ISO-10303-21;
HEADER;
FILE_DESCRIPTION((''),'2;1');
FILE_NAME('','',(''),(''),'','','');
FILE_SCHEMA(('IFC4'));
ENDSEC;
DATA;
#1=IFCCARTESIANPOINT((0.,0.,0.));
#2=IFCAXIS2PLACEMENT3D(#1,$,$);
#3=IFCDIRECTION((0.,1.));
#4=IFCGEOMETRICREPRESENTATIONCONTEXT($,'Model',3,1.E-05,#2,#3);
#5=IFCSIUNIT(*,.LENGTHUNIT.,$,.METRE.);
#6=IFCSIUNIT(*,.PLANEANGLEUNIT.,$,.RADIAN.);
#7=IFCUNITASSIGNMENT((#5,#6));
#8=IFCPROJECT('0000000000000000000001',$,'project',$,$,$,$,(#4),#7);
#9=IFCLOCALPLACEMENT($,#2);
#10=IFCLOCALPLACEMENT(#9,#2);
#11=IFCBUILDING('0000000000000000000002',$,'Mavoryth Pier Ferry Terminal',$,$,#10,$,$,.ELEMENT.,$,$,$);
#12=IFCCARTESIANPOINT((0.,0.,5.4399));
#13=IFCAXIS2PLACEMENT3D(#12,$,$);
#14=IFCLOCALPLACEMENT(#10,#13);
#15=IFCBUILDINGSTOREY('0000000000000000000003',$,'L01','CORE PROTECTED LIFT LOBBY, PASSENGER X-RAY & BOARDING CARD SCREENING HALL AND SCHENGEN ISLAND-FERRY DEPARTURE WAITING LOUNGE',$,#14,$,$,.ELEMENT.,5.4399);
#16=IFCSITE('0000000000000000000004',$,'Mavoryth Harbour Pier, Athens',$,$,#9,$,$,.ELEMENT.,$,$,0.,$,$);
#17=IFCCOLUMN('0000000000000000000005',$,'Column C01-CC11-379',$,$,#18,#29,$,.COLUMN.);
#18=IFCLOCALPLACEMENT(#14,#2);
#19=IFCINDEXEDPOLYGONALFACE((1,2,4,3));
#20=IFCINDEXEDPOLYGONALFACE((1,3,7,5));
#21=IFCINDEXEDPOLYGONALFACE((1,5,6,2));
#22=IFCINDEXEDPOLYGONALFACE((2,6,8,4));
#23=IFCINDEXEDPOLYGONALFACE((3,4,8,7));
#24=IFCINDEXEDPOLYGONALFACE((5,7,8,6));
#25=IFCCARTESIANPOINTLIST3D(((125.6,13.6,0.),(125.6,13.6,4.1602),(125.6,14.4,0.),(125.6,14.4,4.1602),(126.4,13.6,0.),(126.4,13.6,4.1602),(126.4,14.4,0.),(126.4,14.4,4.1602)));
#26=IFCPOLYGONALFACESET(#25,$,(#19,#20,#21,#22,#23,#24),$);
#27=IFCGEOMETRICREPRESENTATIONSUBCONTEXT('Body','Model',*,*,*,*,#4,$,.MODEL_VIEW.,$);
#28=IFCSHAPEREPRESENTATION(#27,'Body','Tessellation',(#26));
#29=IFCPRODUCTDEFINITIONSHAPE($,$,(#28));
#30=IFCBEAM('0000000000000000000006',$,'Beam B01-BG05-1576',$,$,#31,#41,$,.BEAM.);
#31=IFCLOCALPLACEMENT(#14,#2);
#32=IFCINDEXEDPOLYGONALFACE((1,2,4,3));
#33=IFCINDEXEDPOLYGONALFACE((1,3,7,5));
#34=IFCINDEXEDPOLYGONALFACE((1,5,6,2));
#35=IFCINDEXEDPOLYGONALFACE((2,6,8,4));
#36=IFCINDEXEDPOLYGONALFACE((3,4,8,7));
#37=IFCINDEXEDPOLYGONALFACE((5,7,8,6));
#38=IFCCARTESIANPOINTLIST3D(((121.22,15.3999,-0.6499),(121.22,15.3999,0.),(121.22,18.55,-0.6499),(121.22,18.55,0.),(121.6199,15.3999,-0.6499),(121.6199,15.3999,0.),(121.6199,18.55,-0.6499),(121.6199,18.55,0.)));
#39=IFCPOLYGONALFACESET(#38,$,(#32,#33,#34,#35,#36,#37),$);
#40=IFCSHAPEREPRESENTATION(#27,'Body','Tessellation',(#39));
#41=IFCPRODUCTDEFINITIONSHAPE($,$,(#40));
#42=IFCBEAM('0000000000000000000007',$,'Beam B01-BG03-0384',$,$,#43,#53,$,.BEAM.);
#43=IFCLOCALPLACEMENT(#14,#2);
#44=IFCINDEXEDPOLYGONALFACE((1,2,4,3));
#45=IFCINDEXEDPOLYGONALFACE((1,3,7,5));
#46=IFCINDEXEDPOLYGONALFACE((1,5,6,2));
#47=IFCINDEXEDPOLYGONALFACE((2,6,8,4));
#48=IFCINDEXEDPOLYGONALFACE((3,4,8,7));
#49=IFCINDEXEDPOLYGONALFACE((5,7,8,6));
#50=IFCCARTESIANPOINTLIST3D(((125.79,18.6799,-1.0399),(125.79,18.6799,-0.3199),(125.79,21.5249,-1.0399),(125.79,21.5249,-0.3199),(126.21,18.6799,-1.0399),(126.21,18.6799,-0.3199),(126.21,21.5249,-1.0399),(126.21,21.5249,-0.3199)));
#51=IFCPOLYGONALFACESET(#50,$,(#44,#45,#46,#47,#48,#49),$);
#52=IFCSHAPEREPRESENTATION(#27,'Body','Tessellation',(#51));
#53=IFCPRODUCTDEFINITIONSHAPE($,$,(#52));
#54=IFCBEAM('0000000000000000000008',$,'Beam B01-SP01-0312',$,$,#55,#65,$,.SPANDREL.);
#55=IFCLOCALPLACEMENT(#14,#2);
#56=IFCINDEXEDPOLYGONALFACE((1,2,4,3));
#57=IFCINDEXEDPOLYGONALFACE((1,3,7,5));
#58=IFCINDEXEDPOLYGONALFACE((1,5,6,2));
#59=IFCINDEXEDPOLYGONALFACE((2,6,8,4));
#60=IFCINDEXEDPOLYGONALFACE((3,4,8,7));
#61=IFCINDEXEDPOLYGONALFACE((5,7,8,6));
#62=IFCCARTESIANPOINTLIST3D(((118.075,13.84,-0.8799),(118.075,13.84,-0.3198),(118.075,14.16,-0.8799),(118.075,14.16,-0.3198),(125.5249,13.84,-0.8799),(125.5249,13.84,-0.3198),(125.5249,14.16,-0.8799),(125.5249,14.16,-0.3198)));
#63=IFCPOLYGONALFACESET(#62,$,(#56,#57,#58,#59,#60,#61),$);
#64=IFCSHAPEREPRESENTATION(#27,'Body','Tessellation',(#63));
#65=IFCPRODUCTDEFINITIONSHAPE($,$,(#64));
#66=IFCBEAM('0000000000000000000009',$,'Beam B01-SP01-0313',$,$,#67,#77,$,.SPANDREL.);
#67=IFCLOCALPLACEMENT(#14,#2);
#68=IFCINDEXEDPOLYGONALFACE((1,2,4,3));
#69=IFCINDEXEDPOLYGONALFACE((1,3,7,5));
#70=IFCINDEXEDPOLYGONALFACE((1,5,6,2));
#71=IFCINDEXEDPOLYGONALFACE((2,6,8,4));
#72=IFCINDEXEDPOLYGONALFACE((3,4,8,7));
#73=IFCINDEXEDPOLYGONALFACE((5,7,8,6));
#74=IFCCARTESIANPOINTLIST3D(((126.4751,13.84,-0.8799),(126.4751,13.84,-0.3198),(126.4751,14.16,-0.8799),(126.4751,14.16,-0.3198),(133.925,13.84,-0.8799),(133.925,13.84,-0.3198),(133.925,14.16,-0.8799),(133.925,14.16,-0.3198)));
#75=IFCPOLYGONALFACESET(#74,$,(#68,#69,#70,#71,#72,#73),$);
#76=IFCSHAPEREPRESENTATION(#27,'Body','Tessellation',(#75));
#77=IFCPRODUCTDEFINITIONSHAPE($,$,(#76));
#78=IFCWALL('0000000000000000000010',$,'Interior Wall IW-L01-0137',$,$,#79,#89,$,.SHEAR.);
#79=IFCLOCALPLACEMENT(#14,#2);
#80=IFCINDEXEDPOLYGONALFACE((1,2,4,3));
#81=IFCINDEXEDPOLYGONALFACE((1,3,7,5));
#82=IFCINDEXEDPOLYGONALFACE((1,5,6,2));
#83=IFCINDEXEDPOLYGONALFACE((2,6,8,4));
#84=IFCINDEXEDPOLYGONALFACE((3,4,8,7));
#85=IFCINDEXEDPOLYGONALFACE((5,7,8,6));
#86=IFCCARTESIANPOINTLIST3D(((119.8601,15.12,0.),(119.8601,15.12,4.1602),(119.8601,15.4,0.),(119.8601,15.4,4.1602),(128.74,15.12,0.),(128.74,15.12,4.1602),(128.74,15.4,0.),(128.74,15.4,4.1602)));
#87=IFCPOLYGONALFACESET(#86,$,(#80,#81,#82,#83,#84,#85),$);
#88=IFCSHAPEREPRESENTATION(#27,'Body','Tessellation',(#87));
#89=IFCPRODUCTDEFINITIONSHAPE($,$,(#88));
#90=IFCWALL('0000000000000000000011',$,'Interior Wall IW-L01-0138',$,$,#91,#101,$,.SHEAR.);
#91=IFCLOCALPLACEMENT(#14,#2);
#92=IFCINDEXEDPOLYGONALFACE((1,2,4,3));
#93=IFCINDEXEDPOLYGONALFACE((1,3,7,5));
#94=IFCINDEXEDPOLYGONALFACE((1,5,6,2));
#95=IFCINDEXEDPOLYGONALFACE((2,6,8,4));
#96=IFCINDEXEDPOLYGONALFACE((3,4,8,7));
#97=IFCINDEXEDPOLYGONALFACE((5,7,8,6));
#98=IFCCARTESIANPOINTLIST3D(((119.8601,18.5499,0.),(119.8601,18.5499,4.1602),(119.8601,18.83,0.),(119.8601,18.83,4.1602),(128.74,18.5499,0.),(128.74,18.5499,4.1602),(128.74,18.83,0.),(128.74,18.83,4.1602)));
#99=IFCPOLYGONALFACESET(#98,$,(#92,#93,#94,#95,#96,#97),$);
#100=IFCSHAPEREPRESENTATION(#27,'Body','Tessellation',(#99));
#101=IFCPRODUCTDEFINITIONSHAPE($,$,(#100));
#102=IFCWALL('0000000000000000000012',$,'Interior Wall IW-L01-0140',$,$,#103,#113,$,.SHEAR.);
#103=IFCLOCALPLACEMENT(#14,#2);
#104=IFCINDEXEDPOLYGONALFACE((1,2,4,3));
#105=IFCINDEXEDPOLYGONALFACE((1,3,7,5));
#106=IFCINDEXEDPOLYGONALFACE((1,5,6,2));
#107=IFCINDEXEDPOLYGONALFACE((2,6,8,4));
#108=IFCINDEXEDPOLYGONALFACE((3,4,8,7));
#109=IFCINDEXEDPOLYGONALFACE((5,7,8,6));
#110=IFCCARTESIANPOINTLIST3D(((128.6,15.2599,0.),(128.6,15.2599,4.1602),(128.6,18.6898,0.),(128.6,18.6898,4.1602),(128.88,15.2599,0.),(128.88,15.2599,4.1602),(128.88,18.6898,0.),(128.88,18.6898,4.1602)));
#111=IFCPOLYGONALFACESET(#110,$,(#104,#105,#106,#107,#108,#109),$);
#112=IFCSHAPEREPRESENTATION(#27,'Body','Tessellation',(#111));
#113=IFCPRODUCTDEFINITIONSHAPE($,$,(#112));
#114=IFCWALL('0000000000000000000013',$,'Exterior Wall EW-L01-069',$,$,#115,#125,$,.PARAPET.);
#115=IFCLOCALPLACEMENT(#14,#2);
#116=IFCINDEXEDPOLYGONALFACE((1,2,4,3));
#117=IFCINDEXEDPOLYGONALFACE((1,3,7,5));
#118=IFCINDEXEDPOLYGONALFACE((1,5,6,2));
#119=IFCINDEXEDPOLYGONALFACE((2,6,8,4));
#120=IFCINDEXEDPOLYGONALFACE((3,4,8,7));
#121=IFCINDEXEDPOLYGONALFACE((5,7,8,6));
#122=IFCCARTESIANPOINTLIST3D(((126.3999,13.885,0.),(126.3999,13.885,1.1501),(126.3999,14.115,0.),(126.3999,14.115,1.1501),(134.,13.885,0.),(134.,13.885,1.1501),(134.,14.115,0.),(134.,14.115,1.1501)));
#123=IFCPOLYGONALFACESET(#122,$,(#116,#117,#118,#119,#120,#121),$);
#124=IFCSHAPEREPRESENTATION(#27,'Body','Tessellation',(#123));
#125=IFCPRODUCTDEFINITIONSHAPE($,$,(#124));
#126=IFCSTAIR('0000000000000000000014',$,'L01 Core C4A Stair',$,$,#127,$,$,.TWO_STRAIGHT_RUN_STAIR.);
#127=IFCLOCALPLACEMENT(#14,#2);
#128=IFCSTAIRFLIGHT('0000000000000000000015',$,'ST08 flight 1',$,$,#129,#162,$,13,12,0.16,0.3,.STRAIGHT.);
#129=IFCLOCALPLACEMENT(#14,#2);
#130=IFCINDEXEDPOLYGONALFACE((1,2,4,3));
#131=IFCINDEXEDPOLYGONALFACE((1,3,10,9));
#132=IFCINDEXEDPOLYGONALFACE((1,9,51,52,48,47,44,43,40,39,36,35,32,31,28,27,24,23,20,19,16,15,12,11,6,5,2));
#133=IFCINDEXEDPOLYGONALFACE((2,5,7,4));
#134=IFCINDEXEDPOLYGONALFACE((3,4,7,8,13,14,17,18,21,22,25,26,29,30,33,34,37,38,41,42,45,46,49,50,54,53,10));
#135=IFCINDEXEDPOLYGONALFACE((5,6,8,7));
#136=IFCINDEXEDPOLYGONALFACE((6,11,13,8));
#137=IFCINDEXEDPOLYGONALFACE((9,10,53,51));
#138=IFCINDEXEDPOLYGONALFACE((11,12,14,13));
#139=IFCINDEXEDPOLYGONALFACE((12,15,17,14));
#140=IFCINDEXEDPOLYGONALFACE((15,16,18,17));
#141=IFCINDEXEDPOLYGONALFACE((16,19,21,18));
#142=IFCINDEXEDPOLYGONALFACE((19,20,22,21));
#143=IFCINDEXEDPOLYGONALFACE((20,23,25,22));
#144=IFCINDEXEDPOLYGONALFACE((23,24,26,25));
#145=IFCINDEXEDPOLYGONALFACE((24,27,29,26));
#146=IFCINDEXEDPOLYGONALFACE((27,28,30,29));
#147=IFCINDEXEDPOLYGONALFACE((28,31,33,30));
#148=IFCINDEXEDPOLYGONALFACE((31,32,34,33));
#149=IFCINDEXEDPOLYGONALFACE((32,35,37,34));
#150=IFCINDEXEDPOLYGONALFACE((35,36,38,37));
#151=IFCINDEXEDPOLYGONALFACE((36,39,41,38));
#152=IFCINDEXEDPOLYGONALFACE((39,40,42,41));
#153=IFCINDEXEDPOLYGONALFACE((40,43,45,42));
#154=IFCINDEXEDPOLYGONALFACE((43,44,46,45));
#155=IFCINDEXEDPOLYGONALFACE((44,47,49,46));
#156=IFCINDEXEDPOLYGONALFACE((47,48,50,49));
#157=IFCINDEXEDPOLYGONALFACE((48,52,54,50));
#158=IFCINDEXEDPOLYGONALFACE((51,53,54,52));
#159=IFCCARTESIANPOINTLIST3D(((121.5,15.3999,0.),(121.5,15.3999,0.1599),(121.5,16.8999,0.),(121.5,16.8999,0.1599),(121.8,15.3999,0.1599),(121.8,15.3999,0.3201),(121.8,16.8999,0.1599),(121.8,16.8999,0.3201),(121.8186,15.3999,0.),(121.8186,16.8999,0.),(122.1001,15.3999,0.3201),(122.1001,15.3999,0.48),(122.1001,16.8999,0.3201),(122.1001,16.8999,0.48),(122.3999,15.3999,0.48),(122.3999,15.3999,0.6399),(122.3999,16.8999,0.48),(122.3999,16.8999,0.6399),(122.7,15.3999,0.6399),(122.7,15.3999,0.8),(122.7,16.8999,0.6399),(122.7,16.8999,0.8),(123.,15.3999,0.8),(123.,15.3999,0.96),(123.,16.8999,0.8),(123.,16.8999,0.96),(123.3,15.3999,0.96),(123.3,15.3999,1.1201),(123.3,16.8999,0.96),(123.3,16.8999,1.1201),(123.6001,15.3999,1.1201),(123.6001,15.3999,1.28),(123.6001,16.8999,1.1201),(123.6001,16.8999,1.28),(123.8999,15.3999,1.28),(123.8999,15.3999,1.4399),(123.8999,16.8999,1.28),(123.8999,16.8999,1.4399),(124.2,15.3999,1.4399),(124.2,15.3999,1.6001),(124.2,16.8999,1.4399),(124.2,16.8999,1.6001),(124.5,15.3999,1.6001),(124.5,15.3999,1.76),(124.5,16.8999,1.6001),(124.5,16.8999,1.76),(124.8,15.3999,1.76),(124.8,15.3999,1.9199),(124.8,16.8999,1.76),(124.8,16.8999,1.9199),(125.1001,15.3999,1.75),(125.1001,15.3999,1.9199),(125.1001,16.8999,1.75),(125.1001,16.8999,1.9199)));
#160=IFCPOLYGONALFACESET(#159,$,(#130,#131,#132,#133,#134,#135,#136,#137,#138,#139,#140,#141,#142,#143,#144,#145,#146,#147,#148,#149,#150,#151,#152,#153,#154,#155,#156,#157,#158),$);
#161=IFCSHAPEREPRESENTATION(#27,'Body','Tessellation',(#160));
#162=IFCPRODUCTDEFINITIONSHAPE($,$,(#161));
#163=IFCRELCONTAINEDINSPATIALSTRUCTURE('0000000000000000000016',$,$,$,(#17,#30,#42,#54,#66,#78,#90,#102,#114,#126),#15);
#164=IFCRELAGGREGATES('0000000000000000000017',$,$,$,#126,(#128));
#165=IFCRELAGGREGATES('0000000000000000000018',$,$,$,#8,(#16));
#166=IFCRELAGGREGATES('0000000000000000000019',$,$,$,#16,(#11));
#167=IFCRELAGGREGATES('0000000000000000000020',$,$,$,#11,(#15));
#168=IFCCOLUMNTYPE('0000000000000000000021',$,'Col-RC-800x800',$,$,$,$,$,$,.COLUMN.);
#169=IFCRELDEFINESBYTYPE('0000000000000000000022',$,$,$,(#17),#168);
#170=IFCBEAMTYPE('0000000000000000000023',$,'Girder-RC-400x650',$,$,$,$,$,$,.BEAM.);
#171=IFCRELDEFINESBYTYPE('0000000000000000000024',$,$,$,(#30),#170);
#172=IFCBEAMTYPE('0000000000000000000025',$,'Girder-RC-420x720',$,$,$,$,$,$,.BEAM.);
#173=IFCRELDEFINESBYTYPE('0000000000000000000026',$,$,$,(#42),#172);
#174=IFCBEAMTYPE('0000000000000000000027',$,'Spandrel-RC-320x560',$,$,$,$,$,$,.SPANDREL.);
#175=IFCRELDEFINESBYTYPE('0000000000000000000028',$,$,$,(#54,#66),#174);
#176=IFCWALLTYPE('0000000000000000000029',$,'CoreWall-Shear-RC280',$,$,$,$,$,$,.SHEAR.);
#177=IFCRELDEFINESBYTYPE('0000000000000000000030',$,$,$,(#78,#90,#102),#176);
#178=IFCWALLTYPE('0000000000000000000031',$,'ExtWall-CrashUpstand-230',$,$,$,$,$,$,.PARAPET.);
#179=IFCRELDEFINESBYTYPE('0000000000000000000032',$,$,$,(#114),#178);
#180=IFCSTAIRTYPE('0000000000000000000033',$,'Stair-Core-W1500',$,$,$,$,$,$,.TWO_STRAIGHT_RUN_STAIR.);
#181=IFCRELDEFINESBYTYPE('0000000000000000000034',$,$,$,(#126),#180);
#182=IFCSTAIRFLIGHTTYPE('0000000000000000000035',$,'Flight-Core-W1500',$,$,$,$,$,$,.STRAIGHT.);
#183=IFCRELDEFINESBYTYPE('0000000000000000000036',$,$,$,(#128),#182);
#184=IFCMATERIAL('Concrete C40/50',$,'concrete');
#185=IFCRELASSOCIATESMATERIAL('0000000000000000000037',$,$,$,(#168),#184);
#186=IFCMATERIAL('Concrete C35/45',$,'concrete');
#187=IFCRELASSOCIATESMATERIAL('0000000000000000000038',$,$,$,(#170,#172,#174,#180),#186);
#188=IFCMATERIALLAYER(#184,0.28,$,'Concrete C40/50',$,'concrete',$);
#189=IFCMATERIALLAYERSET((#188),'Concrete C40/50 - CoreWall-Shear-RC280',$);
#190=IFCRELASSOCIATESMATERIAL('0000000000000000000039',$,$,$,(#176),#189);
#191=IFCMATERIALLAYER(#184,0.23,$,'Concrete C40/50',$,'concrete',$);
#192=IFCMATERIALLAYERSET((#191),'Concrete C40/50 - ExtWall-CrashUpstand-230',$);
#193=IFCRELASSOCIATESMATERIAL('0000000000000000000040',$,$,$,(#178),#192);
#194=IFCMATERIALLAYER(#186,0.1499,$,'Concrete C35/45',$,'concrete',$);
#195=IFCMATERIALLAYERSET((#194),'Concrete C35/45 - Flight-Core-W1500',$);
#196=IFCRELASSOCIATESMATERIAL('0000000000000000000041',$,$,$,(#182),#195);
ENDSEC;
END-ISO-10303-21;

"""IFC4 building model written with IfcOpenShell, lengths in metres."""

from ifc_helpers import new_model, si_unit, direction, frame, frame_2d, origin, origin_2d, place, context, subcontext, project, spatial, polyline, rectangle, outline, extrude, material, layer, layer_set, material_profile, profile_set, type_object, element, aggregate, save


model = new_model("IFC4")

# Units and contexts
model_context = context("Model", 3, precision=1e-05, world=origin(), true_north=direction((0.0, 1.0)))
body_context = subcontext(model_context, "Body", "Model", "MODEL_VIEW")
ifc_project = project(units=[si_unit("LENGTHUNIT", "METRE"), si_unit("PLANEANGLEUNIT", "RADIAN")], contexts=[model_context])

# Site, building, storey
site_placement = place(None, origin())
site = spatial("IfcSite", under=ifc_project, at=site_placement, Name="Mavoryth Harbour Pier, Athens", CompositionType="ELEMENT", RefElevation=0.0)
building_placement = place(site_placement, origin())
building = spatial("IfcBuilding", under=site, at=building_placement, Name="Mavoryth Pier Ferry Terminal", CompositionType="ELEMENT")
storey_placement = place(building_placement, frame((0.0, 0.0, 5.4399)))
storey = spatial("IfcBuildingStorey", under=building, at=storey_placement, Name="L01", Description="CORE PROTECTED LIFT LOBBY, PASSENGER X-RAY & BOARDING CARD SCREENING HALL AND SCHENGEN ISLAND-FERRY DEPARTURE WAITING LOUNGE", CompositionType="ELEMENT", Elevation=5.4399)

# Column
ifc_material_1 = material(Name="Concrete C40/50", Category="concrete")
ifc_material_profile_1 = material_profile(ifc_material_1, rectangle(XDim=0.8, YDim=0.8, at=origin_2d()), Name="RC 800x800", Category="concrete")
ifc_profile_set_1 = profile_set([ifc_material_profile_1], Name="Concrete C40/50 - RC 800x800")
column_type = type_object("IfcColumnType", Name="Col-RC-800x800", PredefinedType="COLUMN", material=ifc_profile_set_1)
column_placement = place(storey_placement, frame((126.0, 14.0, 0.0), z_axis=(0.0, 0.0, 1.0), x_axis=(1.0, 0.0, 0.0)))
element("IfcColumn", 1, at=column_placement, inside=storey, type_object=column_type, Name="Column C01-CC11-379", PredefinedType="COLUMN", context=body_context, shape_type="SweptSolid", body=[
    extrude(rectangle(XDim=0.8, YDim=0.8, at=origin_2d()), origin(), (0.0, 0.0, 1.0), 4.1602),
])

# Beams
ifc_material_2 = material(Name="Concrete C35/45", Category="concrete")
ifc_material_profile_2 = material_profile(ifc_material_2, rectangle(XDim=0.3999, YDim=0.6499, at=origin_2d()), Name="RC 400x650", Category="concrete")
ifc_profile_set_2 = profile_set([ifc_material_profile_2], Name="Concrete C35/45 - RC 400x650")
beam_type_1 = type_object("IfcBeamType", Name="Girder-RC-400x650", PredefinedType="BEAM", material=ifc_profile_set_2)
beam_1_placement = place(storey_placement, frame((121.4199, 15.3999, -0.325), z_axis=(0.0, 1.0, 0.0), x_axis=(-1.0, 0.0, 0.0)))
element("IfcBeam", 2, at=beam_1_placement, inside=storey, type_object=beam_type_1, Name="Beam B01-BG05-1576", PredefinedType="BEAM", context=body_context, shape_type="SweptSolid", body=[
    extrude(rectangle(XDim=0.3999, YDim=0.6499, at=origin_2d()), origin(), (0.0, 0.0, 1.0), 3.1501),
])
ifc_material_profile_3 = material_profile(ifc_material_2, rectangle(XDim=0.4199, YDim=0.72, at=origin_2d()), Name="RC 420x720", Category="concrete")
ifc_profile_set_3 = profile_set([ifc_material_profile_3], Name="Concrete C35/45 - RC 420x720")
beam_type_2 = type_object("IfcBeamType", Name="Girder-RC-420x720", PredefinedType="BEAM", material=ifc_profile_set_3)
beam_2_placement = place(storey_placement, frame((126.0, 18.6799, -0.6799), z_axis=(0.0, 1.0, 0.0), x_axis=(-1.0, 0.0, 0.0)))
element("IfcBeam", 3, at=beam_2_placement, inside=storey, type_object=beam_type_2, Name="Beam B01-BG03-0384", PredefinedType="BEAM", context=body_context, shape_type="SweptSolid", body=[
    extrude(rectangle(XDim=0.4199, YDim=0.72, at=origin_2d()), origin(), (0.0, 0.0, 1.0), 2.845),
])
ifc_material_profile_4 = material_profile(ifc_material_2, rectangle(XDim=0.3201, YDim=0.5601, at=origin_2d()), Name="RC 320x560", Category="concrete")
ifc_profile_set_4 = profile_set([ifc_material_profile_4], Name="Concrete C35/45 - RC 320x560")
beam_type_3 = type_object("IfcBeamType", Name="Spandrel-RC-320x560", PredefinedType="SPANDREL", material=ifc_profile_set_4)
for number, where, z_axis, x_axis, name in (
    (4, (118.075, 14.0, -0.5999), (1.0, 0.0, 0.0), (0.0, 1.0, 0.0), "Beam B01-SP01-0312"),
    (5, (126.4751, 14.0, -0.5999), (1.0, 0.0, 0.0), (0.0, 1.0, 0.0), "Beam B01-SP01-0313"),
):
    element("IfcBeam", number, at=place(storey_placement, frame(where, z_axis=z_axis, x_axis=x_axis)), inside=storey, type_object=beam_type_3, Name=name, PredefinedType="SPANDREL", context=body_context, shape_type="SweptSolid", body=[
        extrude(rectangle(XDim=0.3201, YDim=0.5601, at=origin_2d()), origin(), (0.0, 0.0, 1.0), 7.45),
    ])

# Walls
ifc_layer_1 = layer(ifc_material_1, 0.28, Name="Concrete C40/50", Category="concrete")
ifc_layer_set_1 = layer_set([ifc_layer_1], Name="Concrete C40/50 - CoreWall-Shear-RC280")
wall_type_1 = type_object("IfcWallType", Name="CoreWall-Shear-RC280", PredefinedType="SHEAR", material=ifc_layer_set_1)
for number, where, z_axis, x_axis, name in (
    (6, (119.8601, 15.26, 0.0), (0.0, 0.0, 1.0), (1.0, 0.0, 0.0), "Interior Wall IW-L01-0137"),
    (7, (119.8601, 18.6899, 0.0), (0.0, 0.0, 1.0), (1.0, 0.0, 0.0), "Interior Wall IW-L01-0138"),
):
    element("IfcWall", number, at=place(storey_placement, frame(where, z_axis=z_axis, x_axis=x_axis)), inside=storey, type_object=wall_type_1, Name=name, PredefinedType="SHEAR", context=body_context, shape_type="SweptSolid", body=[
        extrude(rectangle(XDim=8.8799, YDim=0.28, at=frame_2d((4.4399, 0.0))), origin(), (0.0, 0.0, 1.0), 4.1602),
    ])

# Walls
wall_1_placement = place(storey_placement, frame((128.74, 15.26, 0.0), z_axis=(0.0, 0.0, 1.0), x_axis=(0.0, 1.0, 0.0)))
element("IfcWall", 8, at=wall_1_placement, inside=storey, type_object=wall_type_1, Name="Interior Wall IW-L01-0140", PredefinedType="SHEAR", context=body_context, shape_type="SweptSolid", body=[
    extrude(rectangle(XDim=3.4299, YDim=0.28, at=frame_2d((1.7148, 0.0))), origin(), (0.0, 0.0, 1.0), 4.1602),
])
ifc_layer_2 = layer(ifc_material_1, 0.23, Name="Concrete C40/50", Category="concrete")
ifc_layer_set_2 = layer_set([ifc_layer_2], Name="Concrete C40/50 - ExtWall-CrashUpstand-230")
wall_type_2 = type_object("IfcWallType", Name="ExtWall-CrashUpstand-230", PredefinedType="PARAPET", material=ifc_layer_set_2)
wall_2_placement = place(storey_placement, frame((126.3999, 14.0, 0.0), z_axis=(0.0, 0.0, 1.0), x_axis=(1.0, 0.0, 0.0)))
element("IfcWall", 9, at=wall_2_placement, inside=storey, type_object=wall_type_2, Name="Exterior Wall EW-L01-069", PredefinedType="PARAPET", context=body_context, shape_type="SweptSolid", body=[
    extrude(rectangle(XDim=7.6001, YDim=0.23, at=frame_2d((3.8, 0.0))), origin(), (0.0, 0.0, 1.0), 1.1501),
])

# Stair, stair flight
stair_type = type_object("IfcStairType", Name="Stair-Core-W1500", PredefinedType="TWO_STRAIGHT_RUN_STAIR", material=ifc_material_2)
stair_placement = place(storey_placement, origin())
stair = element("IfcStair", 10, at=stair_placement, inside=storey, type_object=stair_type, Name="L01 Core C4A Stair", PredefinedType="TWO_STRAIGHT_RUN_STAIR")
ifc_layer_3 = layer(ifc_material_2, 0.1499, Name="Concrete C35/45", Category="concrete")
ifc_layer_set_3 = layer_set([ifc_layer_3], Name="Concrete C35/45 - Flight-Core-W1500")
stair_flight_type = type_object("IfcStairFlightType", Name="Flight-Core-W1500", PredefinedType="STRAIGHT", material=ifc_layer_set_3)
stair_flight_1_placement = place(storey_placement, frame((121.5, 16.1499, 0.0), z_axis=(0.0, 0.0, 1.0), x_axis=(1.0, 0.0, 0.0)))
stair_flight_1 = element("IfcStairFlight", 11, at=stair_flight_1_placement, type_object=stair_flight_type, Name="ST08 flight 1", NumberOfRisers=13, NumberOfTreads=12, PredefinedType="STRAIGHT", RiserHeight=0.16, TreadLength=0.3, context=body_context, shape_type="SweptSolid", body=[
    extrude(outline(polyline([(0.0, 0.0), (0.0, 0.1599), (0.3, 0.1599), (0.3, 0.3201), (0.6001, 0.3201), (0.6001, 0.48), (0.8999, 0.48), (0.8999, 0.6399), (1.2, 0.6399), (1.2, 0.8), (1.5, 0.8), (1.5, 0.96), (1.8, 0.96), (1.8, 1.1201), (2.1001, 1.1201), (2.1001, 1.28), (2.3999, 1.28), (2.3999, 1.4399), (2.7, 1.4399), (2.7, 1.6001), (3.0, 1.6001), (3.0, 1.76), (3.3, 1.76), (3.3, 1.9199), (3.6001, 1.9199), (3.6001, 2.0801), (3.6001, 1.75), (0.3186, 0.0), (0.0, 0.0)])), frame((0.0, 0.75, 0.0), z_axis=(0.0, -1.0, 0.0), x_axis=(1.0, 0.0, 0.0)), (0.0, 0.0, 1.0), 1.5),
])
aggregate(stair, [stair_flight_1])

save(model, "model.ifc")
